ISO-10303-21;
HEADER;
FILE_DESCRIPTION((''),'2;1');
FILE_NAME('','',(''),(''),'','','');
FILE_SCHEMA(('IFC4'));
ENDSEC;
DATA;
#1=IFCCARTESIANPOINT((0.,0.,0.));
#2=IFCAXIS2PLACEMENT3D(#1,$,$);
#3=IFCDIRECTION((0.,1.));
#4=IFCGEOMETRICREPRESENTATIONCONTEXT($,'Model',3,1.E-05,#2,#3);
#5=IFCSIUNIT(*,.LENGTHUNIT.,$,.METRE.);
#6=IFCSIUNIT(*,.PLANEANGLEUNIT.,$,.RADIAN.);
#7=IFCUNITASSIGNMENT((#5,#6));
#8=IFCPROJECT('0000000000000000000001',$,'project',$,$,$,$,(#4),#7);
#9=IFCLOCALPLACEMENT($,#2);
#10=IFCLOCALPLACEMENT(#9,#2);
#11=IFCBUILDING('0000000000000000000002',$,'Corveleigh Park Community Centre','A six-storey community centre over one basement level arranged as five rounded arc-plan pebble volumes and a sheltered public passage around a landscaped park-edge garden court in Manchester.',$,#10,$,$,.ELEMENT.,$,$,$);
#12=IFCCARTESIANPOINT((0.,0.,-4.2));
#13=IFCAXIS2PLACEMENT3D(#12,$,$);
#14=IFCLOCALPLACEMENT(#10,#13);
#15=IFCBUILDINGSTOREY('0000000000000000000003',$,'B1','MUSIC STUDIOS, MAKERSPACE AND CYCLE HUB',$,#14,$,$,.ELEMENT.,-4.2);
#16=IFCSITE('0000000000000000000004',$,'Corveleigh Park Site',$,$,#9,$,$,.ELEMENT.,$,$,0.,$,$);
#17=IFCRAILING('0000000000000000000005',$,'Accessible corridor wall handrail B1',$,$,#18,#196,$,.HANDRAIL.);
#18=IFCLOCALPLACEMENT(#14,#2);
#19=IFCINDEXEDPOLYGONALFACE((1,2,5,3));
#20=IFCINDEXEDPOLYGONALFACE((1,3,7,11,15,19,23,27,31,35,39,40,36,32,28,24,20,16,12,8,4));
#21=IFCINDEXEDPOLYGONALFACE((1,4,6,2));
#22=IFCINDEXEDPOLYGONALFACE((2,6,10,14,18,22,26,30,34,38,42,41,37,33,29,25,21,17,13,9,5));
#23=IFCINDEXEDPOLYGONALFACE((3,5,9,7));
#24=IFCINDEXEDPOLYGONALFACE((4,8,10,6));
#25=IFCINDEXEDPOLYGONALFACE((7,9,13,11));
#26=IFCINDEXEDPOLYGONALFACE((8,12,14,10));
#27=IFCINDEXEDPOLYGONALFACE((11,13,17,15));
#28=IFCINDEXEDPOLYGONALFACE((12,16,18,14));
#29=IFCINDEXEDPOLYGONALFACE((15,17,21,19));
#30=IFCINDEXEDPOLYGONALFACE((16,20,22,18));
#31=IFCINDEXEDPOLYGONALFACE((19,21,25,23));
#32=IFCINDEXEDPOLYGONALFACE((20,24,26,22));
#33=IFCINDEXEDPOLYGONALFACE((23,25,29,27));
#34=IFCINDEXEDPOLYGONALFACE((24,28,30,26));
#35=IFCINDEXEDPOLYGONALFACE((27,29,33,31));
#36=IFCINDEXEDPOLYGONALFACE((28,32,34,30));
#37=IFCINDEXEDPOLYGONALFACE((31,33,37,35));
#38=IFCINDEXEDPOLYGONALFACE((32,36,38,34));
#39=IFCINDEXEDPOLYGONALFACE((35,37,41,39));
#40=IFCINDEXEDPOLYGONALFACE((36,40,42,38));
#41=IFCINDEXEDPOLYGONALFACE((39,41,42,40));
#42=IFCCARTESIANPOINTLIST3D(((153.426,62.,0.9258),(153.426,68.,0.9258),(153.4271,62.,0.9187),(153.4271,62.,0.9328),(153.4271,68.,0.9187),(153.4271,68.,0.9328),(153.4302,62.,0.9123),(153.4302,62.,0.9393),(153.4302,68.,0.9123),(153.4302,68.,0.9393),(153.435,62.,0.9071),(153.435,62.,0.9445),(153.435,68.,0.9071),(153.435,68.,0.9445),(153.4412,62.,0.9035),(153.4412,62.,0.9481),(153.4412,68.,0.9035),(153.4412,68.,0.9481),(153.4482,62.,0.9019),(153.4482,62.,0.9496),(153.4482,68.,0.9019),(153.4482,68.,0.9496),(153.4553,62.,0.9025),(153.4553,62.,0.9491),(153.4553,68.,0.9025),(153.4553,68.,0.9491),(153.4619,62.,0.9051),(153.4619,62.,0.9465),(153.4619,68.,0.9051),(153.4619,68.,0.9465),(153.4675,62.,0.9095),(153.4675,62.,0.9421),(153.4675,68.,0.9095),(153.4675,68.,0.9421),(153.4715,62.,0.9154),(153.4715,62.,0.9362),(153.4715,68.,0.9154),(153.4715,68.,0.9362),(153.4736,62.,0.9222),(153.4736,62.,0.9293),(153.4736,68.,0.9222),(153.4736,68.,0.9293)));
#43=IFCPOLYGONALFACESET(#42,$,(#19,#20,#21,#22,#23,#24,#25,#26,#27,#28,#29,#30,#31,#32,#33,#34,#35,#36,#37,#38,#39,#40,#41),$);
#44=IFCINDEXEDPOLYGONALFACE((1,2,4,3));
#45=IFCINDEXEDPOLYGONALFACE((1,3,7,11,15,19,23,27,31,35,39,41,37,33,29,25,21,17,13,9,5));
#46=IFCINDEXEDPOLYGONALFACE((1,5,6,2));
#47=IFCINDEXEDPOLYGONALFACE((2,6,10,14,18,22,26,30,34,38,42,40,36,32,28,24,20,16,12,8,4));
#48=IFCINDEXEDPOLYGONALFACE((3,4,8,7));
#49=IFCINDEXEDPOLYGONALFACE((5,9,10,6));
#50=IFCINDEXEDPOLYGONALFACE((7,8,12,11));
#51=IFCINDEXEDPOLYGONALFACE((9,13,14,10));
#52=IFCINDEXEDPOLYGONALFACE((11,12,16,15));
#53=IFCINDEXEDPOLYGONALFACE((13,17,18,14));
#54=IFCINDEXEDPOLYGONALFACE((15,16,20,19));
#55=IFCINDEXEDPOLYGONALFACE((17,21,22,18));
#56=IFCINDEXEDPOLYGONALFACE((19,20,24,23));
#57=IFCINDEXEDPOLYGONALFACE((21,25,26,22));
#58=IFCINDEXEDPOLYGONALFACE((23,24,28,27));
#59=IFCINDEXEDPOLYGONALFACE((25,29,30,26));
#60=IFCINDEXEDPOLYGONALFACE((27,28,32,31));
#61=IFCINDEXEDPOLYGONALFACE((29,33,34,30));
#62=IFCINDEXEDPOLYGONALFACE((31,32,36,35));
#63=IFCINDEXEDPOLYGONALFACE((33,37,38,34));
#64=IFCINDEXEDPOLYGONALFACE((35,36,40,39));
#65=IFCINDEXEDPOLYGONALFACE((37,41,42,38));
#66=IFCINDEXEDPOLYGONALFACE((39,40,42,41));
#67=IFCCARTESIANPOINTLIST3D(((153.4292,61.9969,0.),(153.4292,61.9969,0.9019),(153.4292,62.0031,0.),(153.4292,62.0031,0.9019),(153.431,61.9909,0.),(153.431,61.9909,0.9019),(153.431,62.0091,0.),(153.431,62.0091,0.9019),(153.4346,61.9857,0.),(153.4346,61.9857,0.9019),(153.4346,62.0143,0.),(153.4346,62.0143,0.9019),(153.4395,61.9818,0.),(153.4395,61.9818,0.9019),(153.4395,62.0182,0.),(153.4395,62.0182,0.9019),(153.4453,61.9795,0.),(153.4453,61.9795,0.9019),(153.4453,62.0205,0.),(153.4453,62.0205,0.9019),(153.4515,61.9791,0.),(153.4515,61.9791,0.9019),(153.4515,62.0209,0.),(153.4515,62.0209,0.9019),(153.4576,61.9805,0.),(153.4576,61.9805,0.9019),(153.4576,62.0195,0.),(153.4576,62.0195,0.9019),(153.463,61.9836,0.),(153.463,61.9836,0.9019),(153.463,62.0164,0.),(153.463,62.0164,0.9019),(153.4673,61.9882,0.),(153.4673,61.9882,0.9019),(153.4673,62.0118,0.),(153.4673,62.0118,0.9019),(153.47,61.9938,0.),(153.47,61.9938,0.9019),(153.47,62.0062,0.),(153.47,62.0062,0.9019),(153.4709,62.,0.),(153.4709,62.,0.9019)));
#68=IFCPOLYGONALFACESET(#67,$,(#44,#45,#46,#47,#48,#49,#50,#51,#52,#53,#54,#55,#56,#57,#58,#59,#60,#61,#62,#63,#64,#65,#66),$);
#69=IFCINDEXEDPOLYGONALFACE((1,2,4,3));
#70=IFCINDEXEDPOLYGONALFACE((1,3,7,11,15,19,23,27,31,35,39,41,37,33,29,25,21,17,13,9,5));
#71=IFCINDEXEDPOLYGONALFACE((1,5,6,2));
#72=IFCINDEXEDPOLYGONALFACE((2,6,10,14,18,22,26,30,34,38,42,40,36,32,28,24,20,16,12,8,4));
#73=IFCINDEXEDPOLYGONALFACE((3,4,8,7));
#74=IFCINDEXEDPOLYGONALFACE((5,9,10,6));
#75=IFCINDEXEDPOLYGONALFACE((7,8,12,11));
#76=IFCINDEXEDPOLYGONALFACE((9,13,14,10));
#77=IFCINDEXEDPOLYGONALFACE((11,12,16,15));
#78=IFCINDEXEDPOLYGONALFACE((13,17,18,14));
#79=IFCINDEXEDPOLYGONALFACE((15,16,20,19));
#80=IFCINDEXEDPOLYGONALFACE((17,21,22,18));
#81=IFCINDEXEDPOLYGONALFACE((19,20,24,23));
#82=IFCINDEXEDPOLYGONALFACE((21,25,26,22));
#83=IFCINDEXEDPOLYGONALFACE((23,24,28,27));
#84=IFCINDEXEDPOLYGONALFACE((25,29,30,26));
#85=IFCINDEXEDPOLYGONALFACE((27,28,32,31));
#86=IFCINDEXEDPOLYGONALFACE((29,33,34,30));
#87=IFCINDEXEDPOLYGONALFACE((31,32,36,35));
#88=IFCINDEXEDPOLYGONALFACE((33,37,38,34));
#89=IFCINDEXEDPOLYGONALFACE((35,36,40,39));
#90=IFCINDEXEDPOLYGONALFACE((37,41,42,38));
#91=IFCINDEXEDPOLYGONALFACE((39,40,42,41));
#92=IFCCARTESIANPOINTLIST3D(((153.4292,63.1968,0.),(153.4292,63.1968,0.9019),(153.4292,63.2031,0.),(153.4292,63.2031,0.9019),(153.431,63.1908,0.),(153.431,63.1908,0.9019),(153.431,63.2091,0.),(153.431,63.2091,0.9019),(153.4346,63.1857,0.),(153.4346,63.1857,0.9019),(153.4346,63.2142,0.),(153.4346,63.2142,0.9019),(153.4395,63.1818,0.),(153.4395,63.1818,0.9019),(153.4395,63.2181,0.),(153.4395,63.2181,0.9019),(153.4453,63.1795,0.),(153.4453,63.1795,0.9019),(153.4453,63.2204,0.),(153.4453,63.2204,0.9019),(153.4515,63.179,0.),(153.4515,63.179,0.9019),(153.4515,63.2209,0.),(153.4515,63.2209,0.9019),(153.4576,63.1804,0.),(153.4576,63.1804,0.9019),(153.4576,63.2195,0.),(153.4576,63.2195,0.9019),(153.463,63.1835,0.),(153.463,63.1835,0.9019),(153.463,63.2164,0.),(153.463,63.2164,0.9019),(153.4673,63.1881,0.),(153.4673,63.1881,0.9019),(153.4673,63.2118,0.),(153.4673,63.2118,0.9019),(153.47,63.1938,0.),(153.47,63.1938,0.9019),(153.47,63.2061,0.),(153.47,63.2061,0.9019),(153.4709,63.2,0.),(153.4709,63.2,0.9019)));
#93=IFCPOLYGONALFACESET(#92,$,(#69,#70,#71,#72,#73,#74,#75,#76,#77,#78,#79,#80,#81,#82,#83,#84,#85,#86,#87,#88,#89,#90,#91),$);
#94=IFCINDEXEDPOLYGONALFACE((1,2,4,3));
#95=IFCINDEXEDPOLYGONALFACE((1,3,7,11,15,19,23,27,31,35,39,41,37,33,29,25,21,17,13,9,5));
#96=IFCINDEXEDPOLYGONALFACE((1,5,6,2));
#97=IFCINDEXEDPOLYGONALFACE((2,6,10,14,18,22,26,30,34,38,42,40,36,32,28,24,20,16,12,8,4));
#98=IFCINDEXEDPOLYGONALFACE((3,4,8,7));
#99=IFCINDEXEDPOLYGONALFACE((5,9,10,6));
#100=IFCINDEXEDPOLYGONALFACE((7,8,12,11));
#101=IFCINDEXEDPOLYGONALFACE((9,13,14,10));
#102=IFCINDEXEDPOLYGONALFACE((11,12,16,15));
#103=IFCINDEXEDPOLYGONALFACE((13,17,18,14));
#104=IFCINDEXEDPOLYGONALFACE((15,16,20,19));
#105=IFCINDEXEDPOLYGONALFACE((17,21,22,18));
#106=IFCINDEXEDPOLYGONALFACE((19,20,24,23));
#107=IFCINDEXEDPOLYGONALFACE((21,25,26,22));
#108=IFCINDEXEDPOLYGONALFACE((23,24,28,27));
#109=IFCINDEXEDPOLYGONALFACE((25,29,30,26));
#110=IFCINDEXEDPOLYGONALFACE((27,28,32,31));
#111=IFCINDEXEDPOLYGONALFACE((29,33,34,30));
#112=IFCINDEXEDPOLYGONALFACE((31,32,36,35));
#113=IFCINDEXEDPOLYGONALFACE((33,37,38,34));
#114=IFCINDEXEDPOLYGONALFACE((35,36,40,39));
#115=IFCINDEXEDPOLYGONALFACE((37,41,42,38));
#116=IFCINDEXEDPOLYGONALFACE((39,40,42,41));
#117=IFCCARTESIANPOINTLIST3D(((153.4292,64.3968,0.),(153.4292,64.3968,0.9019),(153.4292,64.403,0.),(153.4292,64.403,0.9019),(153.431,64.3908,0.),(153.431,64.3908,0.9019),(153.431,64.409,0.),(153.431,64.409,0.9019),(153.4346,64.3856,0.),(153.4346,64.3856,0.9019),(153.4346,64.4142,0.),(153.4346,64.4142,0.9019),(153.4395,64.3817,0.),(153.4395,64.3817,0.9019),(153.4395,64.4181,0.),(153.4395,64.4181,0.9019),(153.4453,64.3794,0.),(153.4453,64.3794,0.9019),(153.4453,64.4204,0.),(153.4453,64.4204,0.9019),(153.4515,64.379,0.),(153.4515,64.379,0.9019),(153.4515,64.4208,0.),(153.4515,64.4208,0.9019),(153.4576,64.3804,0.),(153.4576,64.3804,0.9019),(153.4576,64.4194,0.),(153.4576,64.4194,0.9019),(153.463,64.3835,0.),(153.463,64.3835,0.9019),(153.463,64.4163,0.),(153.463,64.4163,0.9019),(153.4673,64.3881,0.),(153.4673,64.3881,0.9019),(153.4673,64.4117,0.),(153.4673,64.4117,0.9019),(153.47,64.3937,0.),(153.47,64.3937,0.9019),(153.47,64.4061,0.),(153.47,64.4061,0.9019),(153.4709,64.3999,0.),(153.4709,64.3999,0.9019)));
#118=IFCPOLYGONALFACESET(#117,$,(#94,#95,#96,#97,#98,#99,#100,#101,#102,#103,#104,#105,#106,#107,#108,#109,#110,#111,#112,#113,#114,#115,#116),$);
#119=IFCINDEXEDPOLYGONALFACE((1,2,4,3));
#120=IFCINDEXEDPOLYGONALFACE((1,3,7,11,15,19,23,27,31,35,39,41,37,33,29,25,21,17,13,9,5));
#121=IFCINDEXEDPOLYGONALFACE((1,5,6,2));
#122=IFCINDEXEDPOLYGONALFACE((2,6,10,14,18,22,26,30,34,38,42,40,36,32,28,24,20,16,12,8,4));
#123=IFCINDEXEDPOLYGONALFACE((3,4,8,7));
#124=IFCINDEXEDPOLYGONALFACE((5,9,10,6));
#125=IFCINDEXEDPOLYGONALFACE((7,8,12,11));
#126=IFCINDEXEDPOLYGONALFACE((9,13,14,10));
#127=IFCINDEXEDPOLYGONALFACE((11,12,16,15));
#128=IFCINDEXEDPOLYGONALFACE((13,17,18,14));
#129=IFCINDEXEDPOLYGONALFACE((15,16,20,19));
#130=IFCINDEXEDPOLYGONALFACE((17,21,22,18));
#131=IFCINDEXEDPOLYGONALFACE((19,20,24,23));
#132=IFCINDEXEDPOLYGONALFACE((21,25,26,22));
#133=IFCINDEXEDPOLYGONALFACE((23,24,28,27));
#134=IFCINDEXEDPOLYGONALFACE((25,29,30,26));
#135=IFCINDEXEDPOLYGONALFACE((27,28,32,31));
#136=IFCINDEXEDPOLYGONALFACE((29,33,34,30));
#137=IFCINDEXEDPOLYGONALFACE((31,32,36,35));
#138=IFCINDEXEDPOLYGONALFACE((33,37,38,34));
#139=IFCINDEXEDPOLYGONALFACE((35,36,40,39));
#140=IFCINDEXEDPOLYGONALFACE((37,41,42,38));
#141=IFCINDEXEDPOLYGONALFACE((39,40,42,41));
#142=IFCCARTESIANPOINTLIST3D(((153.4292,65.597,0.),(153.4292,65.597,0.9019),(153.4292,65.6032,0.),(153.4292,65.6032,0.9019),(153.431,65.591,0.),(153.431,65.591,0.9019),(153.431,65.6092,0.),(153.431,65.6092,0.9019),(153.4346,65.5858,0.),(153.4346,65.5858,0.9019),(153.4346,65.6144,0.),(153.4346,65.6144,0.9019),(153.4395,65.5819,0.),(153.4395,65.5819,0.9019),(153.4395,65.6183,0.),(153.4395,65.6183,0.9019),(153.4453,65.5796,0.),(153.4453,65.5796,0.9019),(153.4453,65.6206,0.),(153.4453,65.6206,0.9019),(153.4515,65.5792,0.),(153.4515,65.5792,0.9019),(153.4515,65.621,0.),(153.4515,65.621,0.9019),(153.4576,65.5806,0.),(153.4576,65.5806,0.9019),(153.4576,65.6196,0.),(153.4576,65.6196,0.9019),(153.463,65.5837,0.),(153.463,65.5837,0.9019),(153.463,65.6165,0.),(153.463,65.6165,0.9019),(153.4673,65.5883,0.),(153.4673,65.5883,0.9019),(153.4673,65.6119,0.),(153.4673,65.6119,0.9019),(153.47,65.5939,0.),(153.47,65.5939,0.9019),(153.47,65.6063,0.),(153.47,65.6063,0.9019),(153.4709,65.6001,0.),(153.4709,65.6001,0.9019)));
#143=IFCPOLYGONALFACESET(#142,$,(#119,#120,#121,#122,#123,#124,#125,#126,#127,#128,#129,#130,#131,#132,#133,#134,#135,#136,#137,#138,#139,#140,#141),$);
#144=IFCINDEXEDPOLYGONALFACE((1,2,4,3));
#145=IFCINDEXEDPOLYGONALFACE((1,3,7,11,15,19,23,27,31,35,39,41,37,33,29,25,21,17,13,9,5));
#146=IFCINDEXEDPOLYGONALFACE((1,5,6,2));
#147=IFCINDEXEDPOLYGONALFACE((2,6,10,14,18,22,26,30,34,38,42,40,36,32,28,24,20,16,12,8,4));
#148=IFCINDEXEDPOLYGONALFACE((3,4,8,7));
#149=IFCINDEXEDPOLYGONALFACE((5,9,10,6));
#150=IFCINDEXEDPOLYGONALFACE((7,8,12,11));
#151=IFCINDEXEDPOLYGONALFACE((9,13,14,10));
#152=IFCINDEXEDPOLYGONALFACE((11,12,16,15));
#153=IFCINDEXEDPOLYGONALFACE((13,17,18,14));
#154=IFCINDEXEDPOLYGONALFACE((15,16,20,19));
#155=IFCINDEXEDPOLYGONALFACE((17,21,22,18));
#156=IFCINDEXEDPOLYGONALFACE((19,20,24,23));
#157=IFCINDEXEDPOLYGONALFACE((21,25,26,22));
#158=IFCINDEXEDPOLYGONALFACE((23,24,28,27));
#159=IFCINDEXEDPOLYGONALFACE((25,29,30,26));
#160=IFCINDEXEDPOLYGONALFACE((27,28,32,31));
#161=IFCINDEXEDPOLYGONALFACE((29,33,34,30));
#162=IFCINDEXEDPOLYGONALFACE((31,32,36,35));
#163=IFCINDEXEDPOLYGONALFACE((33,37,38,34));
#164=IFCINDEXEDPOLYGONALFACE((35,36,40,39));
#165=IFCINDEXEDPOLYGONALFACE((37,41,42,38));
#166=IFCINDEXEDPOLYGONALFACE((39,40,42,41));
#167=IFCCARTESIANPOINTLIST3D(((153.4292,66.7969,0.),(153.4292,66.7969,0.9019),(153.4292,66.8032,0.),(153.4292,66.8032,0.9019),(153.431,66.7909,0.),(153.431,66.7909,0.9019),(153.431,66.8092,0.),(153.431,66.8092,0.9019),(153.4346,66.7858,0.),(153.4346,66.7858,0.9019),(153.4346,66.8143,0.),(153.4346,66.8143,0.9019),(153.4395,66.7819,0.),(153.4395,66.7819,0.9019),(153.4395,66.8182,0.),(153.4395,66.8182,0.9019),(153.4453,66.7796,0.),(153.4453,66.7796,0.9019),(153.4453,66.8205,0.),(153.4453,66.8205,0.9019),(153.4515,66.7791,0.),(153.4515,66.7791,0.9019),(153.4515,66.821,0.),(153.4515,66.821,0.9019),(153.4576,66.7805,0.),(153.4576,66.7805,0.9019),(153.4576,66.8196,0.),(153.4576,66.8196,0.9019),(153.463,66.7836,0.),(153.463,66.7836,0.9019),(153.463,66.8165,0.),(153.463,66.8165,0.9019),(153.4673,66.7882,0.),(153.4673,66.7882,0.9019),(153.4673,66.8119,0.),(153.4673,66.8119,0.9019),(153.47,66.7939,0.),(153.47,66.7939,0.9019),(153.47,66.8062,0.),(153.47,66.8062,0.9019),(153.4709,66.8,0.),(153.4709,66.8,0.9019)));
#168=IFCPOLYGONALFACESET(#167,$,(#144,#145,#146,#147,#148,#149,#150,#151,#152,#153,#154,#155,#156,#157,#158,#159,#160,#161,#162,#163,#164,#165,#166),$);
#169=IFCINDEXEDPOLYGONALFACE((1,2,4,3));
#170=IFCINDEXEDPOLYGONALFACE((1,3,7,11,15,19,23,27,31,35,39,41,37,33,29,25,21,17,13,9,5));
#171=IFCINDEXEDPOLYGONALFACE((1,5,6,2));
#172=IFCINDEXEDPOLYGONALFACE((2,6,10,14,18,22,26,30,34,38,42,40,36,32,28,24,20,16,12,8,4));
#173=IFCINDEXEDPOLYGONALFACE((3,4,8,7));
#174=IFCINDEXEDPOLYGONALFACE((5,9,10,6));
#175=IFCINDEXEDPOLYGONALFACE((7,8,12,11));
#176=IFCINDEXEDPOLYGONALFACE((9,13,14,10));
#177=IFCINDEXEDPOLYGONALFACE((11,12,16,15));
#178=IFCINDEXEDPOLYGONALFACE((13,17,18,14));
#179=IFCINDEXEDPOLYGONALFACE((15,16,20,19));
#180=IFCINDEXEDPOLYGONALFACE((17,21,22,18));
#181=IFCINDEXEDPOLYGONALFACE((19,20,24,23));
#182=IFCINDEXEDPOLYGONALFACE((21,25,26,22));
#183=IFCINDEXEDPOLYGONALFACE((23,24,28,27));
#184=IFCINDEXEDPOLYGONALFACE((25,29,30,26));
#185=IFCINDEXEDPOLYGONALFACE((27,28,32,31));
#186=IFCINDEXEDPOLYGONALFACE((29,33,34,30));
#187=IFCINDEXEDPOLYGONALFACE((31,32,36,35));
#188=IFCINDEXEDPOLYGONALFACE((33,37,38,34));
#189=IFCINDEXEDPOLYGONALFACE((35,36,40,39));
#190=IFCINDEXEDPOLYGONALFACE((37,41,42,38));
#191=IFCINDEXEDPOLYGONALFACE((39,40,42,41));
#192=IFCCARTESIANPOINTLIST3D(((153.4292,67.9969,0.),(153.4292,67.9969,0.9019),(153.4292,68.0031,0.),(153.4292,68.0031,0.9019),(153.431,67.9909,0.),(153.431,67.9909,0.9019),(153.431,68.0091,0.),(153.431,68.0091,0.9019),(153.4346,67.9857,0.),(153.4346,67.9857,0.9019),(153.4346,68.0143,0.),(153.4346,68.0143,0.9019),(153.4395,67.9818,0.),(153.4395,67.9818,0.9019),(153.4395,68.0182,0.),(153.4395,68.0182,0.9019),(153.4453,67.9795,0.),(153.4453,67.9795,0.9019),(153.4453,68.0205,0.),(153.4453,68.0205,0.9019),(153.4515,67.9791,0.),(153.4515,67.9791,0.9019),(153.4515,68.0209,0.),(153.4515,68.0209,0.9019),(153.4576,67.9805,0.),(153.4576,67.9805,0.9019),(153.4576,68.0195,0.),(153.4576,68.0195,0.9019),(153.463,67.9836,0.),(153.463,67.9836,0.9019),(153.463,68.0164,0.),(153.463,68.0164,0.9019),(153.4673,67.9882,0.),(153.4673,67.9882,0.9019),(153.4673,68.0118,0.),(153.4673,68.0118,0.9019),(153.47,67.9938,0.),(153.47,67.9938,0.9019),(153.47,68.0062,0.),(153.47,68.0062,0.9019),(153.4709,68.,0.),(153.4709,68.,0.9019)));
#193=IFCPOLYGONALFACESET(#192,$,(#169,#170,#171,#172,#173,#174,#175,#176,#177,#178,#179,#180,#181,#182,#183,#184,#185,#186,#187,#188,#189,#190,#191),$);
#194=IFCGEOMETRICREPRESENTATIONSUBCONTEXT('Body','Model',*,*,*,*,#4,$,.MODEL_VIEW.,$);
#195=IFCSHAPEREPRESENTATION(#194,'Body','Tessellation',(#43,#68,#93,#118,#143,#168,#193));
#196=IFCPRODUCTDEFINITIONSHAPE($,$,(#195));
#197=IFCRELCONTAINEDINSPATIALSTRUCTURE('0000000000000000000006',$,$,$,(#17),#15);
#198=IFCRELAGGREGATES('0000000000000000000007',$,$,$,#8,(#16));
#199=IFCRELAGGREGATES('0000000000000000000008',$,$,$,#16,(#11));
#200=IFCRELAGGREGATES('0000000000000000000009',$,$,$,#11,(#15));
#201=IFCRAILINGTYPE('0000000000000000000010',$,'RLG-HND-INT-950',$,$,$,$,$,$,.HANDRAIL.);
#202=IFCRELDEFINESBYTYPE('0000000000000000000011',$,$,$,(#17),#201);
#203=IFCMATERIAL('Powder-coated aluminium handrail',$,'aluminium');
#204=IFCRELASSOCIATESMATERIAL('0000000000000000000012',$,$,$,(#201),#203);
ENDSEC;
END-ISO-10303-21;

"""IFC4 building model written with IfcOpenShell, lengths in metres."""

from ifc_helpers import new_model, si_unit, direction, frame, origin, origin_2d, place, context, subcontext, project, spatial, circle, extrude, material, type_object, element, save


model = new_model("IFC4")

# Units and contexts
model_context = context("Model", 3, precision=1e-05, world=origin(), true_north=direction((0.0, 1.0)))
body_context = subcontext(model_context, "Body", "Model", "MODEL_VIEW")
ifc_project = project(units=[si_unit("LENGTHUNIT", "METRE"), si_unit("PLANEANGLEUNIT", "RADIAN")], contexts=[model_context])

# Site, building, storey
site_placement = place(None, origin())
site = spatial("IfcSite", under=ifc_project, at=site_placement, Name="Corveleigh Park Site", CompositionType="ELEMENT", RefElevation=0.0)
building_placement = place(site_placement, origin())
building = spatial("IfcBuilding", under=site, at=building_placement, Name="Corveleigh Park Community Centre", Description="A six-storey community centre over one basement level arranged as five rounded arc-plan pebble volumes and a sheltered public passage around a landscaped park-edge garden court in Manchester.", CompositionType="ELEMENT")
storey_placement = place(building_placement, frame((0.0, 0.0, -4.2)))
storey = spatial("IfcBuildingStorey", under=building, at=storey_placement, Name="B1", Description="MUSIC STUDIOS, MAKERSPACE AND CYCLE HUB", CompositionType="ELEMENT", Elevation=-4.2)

# Railing
ifc_material_1 = material(Name="Powder-coated aluminium handrail", Category="aluminium")
railing_type = type_object("IfcRailingType", Name="RLG-HND-INT-950", PredefinedType="HANDRAIL", material=ifc_material_1)
railing_placement = place(storey_placement, frame((153.45, 62.0, 0.0)))
element("IfcRailing", 1, at=railing_placement, inside=storey, type_object=railing_type, Name="Accessible corridor wall handrail B1", PredefinedType="HANDRAIL", context=body_context, shape_type="SweptSolid", body=[
    extrude(circle(Radius=0.0239, at=origin_2d()), frame((0.0, 0.0, 0.9258), z_axis=(0.0, 1.0, 0.0), x_axis=(-1.0, 0.0, 0.0)), (0.0, 0.0, 1.0), 6.0),
    extrude(circle(Radius=0.021, at=origin_2d()), origin(), (0.0, 0.0, 1.0), 0.9019),
    extrude(circle(Radius=0.021, at=origin_2d()), frame((0.0, 1.2, 0.0)), (0.0, 0.0, 1.0), 0.9019),
    extrude(circle(Radius=0.021, at=origin_2d()), frame((0.0, 2.3999, 0.0)), (0.0, 0.0, 1.0), 0.9019),
    extrude(circle(Radius=0.021, at=origin_2d()), frame((0.0, 3.6001, 0.0)), (0.0, 0.0, 1.0), 0.9019),
    extrude(circle(Radius=0.021, at=origin_2d()), frame((0.0, 4.8, 0.0)), (0.0, 0.0, 1.0), 0.9019),
    extrude(circle(Radius=0.021, at=origin_2d()), frame((0.0, 6.0, 0.0)), (0.0, 0.0, 1.0), 0.9019),
])

save(model, "model.ifc")
